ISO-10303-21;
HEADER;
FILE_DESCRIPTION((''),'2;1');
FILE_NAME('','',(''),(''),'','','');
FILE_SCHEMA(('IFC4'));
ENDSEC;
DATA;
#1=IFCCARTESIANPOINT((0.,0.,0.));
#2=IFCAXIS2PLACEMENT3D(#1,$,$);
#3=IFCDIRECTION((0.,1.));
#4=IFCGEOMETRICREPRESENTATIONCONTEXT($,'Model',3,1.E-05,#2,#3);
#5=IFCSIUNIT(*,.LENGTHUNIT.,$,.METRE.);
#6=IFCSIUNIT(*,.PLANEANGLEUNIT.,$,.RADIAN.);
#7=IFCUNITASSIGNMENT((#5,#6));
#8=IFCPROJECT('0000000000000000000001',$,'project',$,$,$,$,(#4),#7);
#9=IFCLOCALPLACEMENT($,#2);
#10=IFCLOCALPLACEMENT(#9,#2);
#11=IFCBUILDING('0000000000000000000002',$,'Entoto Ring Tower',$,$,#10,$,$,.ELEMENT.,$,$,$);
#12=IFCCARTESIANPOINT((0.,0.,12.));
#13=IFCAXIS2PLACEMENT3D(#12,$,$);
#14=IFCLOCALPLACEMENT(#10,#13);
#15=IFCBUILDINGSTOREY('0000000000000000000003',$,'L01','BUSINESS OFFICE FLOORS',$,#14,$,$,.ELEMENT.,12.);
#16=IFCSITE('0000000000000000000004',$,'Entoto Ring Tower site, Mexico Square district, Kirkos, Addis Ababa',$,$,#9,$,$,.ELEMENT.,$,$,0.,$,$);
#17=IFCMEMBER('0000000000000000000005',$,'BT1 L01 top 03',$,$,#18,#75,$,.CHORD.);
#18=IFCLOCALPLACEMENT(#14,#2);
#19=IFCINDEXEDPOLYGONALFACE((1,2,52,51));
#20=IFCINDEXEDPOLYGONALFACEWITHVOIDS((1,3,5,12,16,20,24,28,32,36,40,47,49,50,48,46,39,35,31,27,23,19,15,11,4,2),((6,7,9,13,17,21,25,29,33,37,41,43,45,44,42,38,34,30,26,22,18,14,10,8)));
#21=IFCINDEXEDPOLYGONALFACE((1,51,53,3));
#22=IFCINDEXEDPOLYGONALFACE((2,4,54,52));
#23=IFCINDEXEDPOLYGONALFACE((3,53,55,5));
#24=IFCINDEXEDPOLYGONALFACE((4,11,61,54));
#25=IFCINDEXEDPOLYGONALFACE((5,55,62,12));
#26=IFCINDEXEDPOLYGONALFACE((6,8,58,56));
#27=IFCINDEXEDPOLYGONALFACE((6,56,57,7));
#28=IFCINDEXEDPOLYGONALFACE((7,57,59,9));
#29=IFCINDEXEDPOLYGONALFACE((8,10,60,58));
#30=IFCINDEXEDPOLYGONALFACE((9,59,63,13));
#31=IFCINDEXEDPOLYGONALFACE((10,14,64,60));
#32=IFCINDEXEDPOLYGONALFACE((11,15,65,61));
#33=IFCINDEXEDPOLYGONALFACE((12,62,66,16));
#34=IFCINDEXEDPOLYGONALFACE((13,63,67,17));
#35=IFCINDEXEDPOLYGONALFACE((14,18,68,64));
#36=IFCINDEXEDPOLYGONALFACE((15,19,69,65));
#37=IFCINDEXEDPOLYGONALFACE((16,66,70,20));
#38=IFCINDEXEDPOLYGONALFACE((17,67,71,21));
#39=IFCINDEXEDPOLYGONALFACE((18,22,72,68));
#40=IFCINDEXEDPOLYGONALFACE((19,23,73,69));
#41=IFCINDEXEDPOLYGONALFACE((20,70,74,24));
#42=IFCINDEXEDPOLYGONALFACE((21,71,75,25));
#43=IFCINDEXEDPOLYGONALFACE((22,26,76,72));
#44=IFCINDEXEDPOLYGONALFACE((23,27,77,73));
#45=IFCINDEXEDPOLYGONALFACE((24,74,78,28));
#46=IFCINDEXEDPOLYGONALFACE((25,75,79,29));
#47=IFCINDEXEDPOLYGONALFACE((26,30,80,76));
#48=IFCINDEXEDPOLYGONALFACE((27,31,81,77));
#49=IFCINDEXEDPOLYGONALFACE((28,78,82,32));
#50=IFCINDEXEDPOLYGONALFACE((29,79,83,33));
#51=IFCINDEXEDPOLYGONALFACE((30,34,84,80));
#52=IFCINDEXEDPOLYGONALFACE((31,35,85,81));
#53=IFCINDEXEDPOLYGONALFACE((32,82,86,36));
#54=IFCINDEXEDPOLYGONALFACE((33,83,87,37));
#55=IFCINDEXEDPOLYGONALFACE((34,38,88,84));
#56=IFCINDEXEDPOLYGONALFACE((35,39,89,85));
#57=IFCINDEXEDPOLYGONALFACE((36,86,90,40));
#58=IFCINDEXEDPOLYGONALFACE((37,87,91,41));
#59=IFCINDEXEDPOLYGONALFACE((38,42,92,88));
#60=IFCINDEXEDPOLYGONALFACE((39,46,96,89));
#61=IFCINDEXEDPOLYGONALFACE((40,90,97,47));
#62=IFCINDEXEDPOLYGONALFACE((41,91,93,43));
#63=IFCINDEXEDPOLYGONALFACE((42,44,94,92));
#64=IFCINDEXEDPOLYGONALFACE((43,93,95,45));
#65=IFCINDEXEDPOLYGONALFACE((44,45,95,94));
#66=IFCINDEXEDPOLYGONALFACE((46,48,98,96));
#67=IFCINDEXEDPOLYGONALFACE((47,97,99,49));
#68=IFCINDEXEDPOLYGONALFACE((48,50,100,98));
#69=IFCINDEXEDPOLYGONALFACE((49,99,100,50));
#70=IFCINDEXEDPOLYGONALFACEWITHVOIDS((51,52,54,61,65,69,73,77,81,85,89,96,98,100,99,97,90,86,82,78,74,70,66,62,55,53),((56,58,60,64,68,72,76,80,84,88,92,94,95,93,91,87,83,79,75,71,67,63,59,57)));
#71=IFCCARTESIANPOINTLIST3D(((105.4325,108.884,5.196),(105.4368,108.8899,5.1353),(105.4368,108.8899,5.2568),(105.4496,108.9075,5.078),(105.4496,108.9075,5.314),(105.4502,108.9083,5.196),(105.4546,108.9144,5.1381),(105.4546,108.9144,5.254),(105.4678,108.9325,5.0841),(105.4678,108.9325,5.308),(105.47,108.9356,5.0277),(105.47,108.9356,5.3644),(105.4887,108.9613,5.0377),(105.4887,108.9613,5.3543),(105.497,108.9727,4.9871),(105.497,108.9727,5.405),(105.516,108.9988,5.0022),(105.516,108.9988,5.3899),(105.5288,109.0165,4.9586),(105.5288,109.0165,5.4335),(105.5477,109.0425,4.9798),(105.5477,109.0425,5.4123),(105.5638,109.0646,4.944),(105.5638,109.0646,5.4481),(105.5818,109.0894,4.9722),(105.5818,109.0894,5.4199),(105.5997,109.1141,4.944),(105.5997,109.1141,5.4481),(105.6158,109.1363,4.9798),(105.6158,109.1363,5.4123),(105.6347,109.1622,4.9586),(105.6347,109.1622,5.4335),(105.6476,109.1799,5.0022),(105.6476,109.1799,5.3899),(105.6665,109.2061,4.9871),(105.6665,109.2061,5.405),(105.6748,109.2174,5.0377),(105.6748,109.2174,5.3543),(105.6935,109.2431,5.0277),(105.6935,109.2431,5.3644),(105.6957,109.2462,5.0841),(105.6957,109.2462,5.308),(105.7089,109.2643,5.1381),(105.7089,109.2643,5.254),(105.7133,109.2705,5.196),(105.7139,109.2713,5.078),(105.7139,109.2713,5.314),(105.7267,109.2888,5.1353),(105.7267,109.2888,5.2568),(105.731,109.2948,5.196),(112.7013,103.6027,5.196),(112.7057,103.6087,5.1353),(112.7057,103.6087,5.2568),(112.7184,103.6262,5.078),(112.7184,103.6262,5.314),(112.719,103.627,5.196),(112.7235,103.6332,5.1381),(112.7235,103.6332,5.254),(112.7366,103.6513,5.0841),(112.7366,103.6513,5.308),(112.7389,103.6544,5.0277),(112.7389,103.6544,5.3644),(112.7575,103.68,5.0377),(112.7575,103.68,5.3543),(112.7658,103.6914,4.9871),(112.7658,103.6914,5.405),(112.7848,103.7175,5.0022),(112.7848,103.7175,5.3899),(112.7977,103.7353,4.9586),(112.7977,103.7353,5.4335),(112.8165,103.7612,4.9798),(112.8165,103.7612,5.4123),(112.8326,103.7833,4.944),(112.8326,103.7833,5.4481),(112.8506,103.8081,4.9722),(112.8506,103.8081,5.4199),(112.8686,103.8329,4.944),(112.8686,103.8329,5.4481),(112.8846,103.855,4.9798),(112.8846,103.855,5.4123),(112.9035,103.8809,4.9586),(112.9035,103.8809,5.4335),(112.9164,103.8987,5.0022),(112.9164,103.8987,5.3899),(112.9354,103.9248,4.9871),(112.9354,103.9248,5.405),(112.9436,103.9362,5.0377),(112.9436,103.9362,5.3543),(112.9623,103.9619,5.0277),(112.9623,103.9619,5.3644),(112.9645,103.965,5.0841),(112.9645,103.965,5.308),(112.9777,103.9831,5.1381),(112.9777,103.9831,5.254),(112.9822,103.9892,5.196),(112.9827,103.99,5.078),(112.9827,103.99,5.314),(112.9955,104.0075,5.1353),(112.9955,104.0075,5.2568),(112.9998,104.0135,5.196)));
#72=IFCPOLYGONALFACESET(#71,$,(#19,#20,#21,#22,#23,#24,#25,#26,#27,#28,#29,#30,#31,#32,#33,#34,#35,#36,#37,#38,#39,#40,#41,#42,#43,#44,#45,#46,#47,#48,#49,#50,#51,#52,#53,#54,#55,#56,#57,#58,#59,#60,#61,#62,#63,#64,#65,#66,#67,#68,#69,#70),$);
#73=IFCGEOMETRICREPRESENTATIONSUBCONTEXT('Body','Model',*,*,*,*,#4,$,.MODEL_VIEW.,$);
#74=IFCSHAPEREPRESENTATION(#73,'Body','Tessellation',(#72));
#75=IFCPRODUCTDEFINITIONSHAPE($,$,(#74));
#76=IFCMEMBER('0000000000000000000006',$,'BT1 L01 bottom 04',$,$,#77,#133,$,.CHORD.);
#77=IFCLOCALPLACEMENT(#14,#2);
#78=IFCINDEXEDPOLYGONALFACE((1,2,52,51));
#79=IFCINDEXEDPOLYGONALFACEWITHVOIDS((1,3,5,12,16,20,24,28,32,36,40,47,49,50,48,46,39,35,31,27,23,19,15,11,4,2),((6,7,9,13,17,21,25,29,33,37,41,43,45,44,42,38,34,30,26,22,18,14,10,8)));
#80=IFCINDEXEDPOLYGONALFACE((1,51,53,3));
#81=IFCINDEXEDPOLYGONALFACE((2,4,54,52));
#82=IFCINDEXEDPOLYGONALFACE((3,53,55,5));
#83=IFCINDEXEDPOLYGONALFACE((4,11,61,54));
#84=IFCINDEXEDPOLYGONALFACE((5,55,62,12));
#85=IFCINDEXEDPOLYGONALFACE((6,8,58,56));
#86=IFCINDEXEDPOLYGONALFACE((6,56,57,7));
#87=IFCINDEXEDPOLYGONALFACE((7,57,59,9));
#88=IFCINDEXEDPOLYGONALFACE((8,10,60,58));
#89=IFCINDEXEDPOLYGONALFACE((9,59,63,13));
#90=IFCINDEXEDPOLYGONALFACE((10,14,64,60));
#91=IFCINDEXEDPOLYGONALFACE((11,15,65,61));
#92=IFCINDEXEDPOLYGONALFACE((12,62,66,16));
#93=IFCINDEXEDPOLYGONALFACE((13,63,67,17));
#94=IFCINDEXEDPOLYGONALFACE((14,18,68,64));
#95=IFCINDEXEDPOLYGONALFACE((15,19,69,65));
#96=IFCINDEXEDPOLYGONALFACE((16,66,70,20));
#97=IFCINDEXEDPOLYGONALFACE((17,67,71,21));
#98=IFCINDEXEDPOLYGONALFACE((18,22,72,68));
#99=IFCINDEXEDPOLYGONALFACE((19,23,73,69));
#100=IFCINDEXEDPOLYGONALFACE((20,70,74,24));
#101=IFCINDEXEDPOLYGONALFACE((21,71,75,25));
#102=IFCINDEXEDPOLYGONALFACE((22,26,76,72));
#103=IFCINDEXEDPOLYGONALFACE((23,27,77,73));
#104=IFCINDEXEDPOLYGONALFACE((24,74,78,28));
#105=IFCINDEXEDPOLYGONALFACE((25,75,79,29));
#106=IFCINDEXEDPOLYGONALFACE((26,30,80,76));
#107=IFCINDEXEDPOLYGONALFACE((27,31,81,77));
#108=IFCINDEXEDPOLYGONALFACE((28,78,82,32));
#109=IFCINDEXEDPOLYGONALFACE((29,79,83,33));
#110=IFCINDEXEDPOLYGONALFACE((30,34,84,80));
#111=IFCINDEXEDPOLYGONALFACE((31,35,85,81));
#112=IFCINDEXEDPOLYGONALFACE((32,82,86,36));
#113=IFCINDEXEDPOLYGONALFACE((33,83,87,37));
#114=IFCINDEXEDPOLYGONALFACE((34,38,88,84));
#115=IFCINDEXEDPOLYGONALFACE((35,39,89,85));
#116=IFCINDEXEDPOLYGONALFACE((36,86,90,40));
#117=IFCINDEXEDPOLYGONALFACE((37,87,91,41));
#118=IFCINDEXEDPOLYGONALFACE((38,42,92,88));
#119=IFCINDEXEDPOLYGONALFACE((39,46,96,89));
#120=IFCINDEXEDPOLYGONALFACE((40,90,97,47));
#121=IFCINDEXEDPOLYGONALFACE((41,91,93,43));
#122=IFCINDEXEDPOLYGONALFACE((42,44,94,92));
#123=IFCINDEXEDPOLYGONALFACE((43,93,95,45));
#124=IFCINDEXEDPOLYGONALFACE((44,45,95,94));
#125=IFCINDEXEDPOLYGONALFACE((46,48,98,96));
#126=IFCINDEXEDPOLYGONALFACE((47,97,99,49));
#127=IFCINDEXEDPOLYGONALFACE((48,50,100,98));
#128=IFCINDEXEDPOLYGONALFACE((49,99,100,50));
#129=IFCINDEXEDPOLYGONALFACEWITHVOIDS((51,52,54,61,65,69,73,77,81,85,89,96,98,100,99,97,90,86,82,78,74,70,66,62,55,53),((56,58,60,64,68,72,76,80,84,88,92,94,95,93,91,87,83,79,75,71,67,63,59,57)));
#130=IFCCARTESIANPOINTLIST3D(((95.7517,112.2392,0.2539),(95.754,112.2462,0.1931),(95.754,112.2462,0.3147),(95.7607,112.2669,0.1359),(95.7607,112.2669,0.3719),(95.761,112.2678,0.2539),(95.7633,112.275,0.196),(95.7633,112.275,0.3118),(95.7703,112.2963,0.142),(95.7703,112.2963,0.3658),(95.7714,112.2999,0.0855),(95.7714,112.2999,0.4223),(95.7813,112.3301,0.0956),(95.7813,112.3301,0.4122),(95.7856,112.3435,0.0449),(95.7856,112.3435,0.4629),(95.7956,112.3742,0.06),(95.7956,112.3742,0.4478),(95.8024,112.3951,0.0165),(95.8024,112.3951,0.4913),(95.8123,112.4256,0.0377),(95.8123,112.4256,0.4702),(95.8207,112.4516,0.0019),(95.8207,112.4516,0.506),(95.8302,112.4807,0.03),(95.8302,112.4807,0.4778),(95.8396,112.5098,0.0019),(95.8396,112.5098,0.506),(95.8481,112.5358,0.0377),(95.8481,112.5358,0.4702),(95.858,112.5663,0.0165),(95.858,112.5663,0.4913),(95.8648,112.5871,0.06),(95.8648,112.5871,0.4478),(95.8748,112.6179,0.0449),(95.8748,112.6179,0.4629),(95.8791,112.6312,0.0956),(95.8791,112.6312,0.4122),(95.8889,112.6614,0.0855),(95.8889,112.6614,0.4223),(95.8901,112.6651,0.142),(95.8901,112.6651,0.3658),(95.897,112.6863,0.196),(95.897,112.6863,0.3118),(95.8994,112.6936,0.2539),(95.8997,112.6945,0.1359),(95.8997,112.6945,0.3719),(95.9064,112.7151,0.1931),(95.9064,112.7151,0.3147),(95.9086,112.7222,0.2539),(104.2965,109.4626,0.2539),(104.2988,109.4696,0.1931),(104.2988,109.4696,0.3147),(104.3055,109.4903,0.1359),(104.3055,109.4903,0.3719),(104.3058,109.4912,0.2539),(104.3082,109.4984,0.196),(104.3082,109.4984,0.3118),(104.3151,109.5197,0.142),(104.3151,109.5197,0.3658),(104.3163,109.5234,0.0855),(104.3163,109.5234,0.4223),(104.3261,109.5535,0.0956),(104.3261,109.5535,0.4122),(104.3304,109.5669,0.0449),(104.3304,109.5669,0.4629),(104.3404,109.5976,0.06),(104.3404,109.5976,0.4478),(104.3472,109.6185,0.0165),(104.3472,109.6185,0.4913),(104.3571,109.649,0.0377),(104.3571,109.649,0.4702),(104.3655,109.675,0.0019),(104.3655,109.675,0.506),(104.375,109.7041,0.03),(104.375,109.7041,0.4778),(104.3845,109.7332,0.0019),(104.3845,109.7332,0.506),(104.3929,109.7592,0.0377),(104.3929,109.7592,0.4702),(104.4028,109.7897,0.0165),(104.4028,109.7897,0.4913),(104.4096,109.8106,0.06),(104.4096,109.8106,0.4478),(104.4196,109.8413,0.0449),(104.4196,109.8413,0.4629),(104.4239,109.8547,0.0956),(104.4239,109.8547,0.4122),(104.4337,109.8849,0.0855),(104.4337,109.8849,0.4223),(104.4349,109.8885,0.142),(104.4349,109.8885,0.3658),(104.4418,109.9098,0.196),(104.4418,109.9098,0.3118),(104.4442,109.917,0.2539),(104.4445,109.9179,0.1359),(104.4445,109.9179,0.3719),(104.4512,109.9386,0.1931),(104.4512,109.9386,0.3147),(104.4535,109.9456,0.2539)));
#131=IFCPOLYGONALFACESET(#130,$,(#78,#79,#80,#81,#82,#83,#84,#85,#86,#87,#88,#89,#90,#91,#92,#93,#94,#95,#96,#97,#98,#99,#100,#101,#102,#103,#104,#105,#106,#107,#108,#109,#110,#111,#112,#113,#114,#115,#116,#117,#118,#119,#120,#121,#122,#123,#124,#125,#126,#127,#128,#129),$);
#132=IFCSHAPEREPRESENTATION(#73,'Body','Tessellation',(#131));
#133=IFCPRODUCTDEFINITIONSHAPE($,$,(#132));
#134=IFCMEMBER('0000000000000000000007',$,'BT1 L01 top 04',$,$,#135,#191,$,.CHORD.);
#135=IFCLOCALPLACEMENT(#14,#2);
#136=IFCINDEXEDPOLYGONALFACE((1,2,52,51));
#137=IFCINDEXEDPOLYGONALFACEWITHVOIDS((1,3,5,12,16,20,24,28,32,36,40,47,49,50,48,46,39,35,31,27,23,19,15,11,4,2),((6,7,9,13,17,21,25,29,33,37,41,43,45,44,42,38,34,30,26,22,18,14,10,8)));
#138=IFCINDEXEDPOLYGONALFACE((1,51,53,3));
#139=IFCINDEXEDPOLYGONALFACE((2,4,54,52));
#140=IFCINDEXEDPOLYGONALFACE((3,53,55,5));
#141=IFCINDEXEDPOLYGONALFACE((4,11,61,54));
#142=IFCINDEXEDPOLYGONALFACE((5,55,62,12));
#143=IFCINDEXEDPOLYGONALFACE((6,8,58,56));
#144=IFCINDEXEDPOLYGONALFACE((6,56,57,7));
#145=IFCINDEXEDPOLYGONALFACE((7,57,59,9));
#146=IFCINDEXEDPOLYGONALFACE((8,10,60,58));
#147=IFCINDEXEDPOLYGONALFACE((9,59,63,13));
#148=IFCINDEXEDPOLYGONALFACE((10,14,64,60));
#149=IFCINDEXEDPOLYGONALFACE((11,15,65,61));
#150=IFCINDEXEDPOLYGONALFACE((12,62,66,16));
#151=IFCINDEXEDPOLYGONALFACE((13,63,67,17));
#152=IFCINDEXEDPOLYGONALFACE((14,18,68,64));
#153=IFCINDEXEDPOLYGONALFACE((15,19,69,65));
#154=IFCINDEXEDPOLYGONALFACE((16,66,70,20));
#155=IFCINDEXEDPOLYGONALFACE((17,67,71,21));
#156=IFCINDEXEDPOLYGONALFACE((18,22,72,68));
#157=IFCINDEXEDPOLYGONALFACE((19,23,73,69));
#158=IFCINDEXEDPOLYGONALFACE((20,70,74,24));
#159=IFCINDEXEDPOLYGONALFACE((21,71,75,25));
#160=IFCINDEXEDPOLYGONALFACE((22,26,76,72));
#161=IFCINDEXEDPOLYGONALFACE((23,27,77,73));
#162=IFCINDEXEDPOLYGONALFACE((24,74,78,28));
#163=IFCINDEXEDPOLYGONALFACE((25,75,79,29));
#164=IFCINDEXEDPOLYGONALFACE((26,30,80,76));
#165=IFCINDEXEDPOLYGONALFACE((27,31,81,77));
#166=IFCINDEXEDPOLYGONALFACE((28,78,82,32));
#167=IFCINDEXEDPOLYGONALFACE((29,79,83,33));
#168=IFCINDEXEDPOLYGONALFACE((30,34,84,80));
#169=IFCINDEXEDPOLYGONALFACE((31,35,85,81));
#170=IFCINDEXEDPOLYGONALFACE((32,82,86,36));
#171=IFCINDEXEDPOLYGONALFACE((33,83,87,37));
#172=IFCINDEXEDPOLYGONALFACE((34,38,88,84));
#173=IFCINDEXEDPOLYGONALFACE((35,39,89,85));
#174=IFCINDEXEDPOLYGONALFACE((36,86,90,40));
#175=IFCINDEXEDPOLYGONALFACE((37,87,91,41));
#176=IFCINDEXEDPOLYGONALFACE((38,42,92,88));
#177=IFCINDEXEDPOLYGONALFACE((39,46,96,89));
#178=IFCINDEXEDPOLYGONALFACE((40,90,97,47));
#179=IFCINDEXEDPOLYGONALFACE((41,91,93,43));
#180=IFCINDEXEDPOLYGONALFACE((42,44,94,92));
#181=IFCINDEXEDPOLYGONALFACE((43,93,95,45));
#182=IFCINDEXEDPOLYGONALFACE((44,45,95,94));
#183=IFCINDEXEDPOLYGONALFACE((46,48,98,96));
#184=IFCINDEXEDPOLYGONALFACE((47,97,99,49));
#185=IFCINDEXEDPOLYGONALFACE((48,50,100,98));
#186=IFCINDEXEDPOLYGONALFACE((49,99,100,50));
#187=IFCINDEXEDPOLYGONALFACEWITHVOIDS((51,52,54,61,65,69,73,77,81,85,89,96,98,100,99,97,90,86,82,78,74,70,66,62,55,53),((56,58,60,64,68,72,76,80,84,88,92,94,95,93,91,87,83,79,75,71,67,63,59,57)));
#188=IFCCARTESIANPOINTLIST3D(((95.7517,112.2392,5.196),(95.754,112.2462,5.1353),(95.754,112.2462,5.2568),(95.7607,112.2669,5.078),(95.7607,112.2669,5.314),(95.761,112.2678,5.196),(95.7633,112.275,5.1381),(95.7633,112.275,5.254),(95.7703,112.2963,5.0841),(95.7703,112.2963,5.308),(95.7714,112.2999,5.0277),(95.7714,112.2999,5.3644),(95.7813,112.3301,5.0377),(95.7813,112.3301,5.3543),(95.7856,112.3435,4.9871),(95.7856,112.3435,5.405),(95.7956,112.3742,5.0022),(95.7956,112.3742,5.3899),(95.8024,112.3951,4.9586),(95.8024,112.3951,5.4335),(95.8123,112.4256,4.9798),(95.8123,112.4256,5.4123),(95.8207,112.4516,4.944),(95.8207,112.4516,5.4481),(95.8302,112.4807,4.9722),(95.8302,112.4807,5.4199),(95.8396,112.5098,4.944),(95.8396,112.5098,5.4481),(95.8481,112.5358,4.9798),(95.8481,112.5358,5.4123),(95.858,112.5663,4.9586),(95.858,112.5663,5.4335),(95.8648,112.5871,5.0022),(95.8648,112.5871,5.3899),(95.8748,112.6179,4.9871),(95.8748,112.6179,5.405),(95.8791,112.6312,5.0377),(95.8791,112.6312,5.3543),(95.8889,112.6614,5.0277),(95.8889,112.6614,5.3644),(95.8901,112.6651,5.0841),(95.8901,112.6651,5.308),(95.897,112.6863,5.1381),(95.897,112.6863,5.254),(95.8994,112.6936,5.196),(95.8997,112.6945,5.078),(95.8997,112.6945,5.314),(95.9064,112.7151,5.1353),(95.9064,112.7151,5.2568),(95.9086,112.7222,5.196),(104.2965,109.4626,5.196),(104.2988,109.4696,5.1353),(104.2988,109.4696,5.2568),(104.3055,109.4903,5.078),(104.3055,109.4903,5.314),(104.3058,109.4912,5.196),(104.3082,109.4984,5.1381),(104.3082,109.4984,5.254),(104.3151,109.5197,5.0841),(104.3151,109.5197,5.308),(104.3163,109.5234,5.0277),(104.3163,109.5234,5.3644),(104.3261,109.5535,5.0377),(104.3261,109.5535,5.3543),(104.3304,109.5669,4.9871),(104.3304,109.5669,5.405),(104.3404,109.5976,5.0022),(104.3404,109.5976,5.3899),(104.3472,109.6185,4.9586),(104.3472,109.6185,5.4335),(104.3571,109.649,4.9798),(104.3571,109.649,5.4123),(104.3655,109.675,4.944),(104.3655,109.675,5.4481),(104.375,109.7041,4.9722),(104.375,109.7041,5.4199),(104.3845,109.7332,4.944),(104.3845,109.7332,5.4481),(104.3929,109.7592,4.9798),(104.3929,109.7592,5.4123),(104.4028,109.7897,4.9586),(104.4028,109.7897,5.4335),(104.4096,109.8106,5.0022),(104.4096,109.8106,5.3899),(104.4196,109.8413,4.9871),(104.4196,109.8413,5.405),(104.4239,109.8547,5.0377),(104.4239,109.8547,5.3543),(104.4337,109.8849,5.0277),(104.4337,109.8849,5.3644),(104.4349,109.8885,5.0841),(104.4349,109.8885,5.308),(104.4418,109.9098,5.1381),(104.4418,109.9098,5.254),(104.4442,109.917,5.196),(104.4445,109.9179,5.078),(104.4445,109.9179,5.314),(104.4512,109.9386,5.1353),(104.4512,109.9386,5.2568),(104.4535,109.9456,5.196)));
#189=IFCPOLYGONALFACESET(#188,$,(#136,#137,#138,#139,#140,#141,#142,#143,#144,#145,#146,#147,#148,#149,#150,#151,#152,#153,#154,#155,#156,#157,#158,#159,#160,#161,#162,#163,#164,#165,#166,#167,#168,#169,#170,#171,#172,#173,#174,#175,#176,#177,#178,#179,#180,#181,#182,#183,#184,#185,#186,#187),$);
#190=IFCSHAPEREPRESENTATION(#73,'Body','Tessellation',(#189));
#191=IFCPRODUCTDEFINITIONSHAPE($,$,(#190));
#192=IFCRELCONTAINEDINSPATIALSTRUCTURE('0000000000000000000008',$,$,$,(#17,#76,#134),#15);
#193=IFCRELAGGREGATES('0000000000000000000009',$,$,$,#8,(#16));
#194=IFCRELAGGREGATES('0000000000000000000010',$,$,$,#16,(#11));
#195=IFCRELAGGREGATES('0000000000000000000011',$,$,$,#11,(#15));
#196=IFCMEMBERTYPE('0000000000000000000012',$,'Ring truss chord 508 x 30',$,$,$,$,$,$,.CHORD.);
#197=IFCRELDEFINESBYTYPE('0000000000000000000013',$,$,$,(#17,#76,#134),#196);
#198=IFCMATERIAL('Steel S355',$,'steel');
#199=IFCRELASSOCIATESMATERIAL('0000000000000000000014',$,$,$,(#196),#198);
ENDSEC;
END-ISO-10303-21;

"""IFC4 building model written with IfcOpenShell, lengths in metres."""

from ifc_helpers import new_model, si_unit, direction, frame, origin, origin_2d, place, context, subcontext, project, spatial, circle, hollow_circle, extrude, material, material_profile, profile_set, type_object, element, save


model = new_model("IFC4")

# Units and contexts
model_context = context("Model", 3, precision=1e-05, world=origin(), true_north=direction((0.0, 1.0)))
body_context = subcontext(model_context, "Body", "Model", "MODEL_VIEW")
ifc_project = project(units=[si_unit("LENGTHUNIT", "METRE"), si_unit("PLANEANGLEUNIT", "RADIAN")], contexts=[model_context])

# Site, building, storey
site_placement = place(None, origin())
site = spatial("IfcSite", under=ifc_project, at=site_placement, Name="Entoto Ring Tower site, Mexico Square district, Kirkos, Addis Ababa", CompositionType="ELEMENT", RefElevation=0.0)
building_placement = place(site_placement, origin())
building = spatial("IfcBuilding", under=site, at=building_placement, Name="Entoto Ring Tower", CompositionType="ELEMENT")
storey_placement = place(building_placement, frame((0.0, 0.0, 12.0)))
storey = spatial("IfcBuildingStorey", under=building, at=storey_placement, Name="L01", Description="BUSINESS OFFICE FLOORS", CompositionType="ELEMENT", Elevation=12.0)

# Members
ifc_material_1 = material(Name="Steel S355", Category="steel")
ifc_material_profile_1 = material_profile(ifc_material_1, hollow_circle(Radius=0.2539, WallThickness=0.03, at=origin_2d()), Name="CHS 508 x 30")
ifc_material_2 = material(Name="Concrete C60/75", Category="concrete")
ifc_material_profile_2 = material_profile(ifc_material_2, circle(Radius=0.2241, at=origin_2d()), Name="Concrete C60/75 infill")
ifc_profile_set_1 = profile_set([ifc_material_profile_1, ifc_material_profile_2], Name="Steel S355")
member_type_1 = type_object("IfcMemberType", Name="Ring truss chord 508 x 30", PredefinedType="CHORD", material=ifc_profile_set_1)
for number, where, z_axis, x_axis, name in (
    (1, (112.8506, 103.8081, 5.196), (-0.809009, 0.587797, 0.0), (-0.587797, -0.809009, 0.0), "BT1 L01 top 03"),
):
    element("IfcMember", number, at=place(storey_placement, frame(where, z_axis=z_axis, x_axis=x_axis)), inside=storey, type_object=member_type_1, Name=name, PredefinedType="CHORD", context=body_context, shape_type="SweptSolid", body=[
        extrude(hollow_circle(Radius=0.2539, WallThickness=0.03, at=origin_2d()), origin(), (0.0, 0.0, 1.0), 8.9849),
    ])
for number, where, z_axis, x_axis, name in (
    (2, (104.375, 109.7041, 0.2539), (-0.95105, 0.309037, 0.0), (-0.309037, -0.95105, 0.0), "BT1 L01 bottom 04"),
    (3, (104.375, 109.7041, 5.196), (-0.95105, 0.309037, 0.0), (-0.309037, -0.95105, 0.0), "BT1 L01 top 04"),
):
    element("IfcMember", number, at=place(storey_placement, frame(where, z_axis=z_axis, x_axis=x_axis)), inside=storey, type_object=member_type_1, Name=name, PredefinedType="CHORD", context=body_context, shape_type="SweptSolid", body=[
        extrude(hollow_circle(Radius=0.2539, WallThickness=0.03, at=origin_2d()), origin(), (0.0, 0.0, 1.0), 8.9846),
    ])

save(model, "model.ifc")
